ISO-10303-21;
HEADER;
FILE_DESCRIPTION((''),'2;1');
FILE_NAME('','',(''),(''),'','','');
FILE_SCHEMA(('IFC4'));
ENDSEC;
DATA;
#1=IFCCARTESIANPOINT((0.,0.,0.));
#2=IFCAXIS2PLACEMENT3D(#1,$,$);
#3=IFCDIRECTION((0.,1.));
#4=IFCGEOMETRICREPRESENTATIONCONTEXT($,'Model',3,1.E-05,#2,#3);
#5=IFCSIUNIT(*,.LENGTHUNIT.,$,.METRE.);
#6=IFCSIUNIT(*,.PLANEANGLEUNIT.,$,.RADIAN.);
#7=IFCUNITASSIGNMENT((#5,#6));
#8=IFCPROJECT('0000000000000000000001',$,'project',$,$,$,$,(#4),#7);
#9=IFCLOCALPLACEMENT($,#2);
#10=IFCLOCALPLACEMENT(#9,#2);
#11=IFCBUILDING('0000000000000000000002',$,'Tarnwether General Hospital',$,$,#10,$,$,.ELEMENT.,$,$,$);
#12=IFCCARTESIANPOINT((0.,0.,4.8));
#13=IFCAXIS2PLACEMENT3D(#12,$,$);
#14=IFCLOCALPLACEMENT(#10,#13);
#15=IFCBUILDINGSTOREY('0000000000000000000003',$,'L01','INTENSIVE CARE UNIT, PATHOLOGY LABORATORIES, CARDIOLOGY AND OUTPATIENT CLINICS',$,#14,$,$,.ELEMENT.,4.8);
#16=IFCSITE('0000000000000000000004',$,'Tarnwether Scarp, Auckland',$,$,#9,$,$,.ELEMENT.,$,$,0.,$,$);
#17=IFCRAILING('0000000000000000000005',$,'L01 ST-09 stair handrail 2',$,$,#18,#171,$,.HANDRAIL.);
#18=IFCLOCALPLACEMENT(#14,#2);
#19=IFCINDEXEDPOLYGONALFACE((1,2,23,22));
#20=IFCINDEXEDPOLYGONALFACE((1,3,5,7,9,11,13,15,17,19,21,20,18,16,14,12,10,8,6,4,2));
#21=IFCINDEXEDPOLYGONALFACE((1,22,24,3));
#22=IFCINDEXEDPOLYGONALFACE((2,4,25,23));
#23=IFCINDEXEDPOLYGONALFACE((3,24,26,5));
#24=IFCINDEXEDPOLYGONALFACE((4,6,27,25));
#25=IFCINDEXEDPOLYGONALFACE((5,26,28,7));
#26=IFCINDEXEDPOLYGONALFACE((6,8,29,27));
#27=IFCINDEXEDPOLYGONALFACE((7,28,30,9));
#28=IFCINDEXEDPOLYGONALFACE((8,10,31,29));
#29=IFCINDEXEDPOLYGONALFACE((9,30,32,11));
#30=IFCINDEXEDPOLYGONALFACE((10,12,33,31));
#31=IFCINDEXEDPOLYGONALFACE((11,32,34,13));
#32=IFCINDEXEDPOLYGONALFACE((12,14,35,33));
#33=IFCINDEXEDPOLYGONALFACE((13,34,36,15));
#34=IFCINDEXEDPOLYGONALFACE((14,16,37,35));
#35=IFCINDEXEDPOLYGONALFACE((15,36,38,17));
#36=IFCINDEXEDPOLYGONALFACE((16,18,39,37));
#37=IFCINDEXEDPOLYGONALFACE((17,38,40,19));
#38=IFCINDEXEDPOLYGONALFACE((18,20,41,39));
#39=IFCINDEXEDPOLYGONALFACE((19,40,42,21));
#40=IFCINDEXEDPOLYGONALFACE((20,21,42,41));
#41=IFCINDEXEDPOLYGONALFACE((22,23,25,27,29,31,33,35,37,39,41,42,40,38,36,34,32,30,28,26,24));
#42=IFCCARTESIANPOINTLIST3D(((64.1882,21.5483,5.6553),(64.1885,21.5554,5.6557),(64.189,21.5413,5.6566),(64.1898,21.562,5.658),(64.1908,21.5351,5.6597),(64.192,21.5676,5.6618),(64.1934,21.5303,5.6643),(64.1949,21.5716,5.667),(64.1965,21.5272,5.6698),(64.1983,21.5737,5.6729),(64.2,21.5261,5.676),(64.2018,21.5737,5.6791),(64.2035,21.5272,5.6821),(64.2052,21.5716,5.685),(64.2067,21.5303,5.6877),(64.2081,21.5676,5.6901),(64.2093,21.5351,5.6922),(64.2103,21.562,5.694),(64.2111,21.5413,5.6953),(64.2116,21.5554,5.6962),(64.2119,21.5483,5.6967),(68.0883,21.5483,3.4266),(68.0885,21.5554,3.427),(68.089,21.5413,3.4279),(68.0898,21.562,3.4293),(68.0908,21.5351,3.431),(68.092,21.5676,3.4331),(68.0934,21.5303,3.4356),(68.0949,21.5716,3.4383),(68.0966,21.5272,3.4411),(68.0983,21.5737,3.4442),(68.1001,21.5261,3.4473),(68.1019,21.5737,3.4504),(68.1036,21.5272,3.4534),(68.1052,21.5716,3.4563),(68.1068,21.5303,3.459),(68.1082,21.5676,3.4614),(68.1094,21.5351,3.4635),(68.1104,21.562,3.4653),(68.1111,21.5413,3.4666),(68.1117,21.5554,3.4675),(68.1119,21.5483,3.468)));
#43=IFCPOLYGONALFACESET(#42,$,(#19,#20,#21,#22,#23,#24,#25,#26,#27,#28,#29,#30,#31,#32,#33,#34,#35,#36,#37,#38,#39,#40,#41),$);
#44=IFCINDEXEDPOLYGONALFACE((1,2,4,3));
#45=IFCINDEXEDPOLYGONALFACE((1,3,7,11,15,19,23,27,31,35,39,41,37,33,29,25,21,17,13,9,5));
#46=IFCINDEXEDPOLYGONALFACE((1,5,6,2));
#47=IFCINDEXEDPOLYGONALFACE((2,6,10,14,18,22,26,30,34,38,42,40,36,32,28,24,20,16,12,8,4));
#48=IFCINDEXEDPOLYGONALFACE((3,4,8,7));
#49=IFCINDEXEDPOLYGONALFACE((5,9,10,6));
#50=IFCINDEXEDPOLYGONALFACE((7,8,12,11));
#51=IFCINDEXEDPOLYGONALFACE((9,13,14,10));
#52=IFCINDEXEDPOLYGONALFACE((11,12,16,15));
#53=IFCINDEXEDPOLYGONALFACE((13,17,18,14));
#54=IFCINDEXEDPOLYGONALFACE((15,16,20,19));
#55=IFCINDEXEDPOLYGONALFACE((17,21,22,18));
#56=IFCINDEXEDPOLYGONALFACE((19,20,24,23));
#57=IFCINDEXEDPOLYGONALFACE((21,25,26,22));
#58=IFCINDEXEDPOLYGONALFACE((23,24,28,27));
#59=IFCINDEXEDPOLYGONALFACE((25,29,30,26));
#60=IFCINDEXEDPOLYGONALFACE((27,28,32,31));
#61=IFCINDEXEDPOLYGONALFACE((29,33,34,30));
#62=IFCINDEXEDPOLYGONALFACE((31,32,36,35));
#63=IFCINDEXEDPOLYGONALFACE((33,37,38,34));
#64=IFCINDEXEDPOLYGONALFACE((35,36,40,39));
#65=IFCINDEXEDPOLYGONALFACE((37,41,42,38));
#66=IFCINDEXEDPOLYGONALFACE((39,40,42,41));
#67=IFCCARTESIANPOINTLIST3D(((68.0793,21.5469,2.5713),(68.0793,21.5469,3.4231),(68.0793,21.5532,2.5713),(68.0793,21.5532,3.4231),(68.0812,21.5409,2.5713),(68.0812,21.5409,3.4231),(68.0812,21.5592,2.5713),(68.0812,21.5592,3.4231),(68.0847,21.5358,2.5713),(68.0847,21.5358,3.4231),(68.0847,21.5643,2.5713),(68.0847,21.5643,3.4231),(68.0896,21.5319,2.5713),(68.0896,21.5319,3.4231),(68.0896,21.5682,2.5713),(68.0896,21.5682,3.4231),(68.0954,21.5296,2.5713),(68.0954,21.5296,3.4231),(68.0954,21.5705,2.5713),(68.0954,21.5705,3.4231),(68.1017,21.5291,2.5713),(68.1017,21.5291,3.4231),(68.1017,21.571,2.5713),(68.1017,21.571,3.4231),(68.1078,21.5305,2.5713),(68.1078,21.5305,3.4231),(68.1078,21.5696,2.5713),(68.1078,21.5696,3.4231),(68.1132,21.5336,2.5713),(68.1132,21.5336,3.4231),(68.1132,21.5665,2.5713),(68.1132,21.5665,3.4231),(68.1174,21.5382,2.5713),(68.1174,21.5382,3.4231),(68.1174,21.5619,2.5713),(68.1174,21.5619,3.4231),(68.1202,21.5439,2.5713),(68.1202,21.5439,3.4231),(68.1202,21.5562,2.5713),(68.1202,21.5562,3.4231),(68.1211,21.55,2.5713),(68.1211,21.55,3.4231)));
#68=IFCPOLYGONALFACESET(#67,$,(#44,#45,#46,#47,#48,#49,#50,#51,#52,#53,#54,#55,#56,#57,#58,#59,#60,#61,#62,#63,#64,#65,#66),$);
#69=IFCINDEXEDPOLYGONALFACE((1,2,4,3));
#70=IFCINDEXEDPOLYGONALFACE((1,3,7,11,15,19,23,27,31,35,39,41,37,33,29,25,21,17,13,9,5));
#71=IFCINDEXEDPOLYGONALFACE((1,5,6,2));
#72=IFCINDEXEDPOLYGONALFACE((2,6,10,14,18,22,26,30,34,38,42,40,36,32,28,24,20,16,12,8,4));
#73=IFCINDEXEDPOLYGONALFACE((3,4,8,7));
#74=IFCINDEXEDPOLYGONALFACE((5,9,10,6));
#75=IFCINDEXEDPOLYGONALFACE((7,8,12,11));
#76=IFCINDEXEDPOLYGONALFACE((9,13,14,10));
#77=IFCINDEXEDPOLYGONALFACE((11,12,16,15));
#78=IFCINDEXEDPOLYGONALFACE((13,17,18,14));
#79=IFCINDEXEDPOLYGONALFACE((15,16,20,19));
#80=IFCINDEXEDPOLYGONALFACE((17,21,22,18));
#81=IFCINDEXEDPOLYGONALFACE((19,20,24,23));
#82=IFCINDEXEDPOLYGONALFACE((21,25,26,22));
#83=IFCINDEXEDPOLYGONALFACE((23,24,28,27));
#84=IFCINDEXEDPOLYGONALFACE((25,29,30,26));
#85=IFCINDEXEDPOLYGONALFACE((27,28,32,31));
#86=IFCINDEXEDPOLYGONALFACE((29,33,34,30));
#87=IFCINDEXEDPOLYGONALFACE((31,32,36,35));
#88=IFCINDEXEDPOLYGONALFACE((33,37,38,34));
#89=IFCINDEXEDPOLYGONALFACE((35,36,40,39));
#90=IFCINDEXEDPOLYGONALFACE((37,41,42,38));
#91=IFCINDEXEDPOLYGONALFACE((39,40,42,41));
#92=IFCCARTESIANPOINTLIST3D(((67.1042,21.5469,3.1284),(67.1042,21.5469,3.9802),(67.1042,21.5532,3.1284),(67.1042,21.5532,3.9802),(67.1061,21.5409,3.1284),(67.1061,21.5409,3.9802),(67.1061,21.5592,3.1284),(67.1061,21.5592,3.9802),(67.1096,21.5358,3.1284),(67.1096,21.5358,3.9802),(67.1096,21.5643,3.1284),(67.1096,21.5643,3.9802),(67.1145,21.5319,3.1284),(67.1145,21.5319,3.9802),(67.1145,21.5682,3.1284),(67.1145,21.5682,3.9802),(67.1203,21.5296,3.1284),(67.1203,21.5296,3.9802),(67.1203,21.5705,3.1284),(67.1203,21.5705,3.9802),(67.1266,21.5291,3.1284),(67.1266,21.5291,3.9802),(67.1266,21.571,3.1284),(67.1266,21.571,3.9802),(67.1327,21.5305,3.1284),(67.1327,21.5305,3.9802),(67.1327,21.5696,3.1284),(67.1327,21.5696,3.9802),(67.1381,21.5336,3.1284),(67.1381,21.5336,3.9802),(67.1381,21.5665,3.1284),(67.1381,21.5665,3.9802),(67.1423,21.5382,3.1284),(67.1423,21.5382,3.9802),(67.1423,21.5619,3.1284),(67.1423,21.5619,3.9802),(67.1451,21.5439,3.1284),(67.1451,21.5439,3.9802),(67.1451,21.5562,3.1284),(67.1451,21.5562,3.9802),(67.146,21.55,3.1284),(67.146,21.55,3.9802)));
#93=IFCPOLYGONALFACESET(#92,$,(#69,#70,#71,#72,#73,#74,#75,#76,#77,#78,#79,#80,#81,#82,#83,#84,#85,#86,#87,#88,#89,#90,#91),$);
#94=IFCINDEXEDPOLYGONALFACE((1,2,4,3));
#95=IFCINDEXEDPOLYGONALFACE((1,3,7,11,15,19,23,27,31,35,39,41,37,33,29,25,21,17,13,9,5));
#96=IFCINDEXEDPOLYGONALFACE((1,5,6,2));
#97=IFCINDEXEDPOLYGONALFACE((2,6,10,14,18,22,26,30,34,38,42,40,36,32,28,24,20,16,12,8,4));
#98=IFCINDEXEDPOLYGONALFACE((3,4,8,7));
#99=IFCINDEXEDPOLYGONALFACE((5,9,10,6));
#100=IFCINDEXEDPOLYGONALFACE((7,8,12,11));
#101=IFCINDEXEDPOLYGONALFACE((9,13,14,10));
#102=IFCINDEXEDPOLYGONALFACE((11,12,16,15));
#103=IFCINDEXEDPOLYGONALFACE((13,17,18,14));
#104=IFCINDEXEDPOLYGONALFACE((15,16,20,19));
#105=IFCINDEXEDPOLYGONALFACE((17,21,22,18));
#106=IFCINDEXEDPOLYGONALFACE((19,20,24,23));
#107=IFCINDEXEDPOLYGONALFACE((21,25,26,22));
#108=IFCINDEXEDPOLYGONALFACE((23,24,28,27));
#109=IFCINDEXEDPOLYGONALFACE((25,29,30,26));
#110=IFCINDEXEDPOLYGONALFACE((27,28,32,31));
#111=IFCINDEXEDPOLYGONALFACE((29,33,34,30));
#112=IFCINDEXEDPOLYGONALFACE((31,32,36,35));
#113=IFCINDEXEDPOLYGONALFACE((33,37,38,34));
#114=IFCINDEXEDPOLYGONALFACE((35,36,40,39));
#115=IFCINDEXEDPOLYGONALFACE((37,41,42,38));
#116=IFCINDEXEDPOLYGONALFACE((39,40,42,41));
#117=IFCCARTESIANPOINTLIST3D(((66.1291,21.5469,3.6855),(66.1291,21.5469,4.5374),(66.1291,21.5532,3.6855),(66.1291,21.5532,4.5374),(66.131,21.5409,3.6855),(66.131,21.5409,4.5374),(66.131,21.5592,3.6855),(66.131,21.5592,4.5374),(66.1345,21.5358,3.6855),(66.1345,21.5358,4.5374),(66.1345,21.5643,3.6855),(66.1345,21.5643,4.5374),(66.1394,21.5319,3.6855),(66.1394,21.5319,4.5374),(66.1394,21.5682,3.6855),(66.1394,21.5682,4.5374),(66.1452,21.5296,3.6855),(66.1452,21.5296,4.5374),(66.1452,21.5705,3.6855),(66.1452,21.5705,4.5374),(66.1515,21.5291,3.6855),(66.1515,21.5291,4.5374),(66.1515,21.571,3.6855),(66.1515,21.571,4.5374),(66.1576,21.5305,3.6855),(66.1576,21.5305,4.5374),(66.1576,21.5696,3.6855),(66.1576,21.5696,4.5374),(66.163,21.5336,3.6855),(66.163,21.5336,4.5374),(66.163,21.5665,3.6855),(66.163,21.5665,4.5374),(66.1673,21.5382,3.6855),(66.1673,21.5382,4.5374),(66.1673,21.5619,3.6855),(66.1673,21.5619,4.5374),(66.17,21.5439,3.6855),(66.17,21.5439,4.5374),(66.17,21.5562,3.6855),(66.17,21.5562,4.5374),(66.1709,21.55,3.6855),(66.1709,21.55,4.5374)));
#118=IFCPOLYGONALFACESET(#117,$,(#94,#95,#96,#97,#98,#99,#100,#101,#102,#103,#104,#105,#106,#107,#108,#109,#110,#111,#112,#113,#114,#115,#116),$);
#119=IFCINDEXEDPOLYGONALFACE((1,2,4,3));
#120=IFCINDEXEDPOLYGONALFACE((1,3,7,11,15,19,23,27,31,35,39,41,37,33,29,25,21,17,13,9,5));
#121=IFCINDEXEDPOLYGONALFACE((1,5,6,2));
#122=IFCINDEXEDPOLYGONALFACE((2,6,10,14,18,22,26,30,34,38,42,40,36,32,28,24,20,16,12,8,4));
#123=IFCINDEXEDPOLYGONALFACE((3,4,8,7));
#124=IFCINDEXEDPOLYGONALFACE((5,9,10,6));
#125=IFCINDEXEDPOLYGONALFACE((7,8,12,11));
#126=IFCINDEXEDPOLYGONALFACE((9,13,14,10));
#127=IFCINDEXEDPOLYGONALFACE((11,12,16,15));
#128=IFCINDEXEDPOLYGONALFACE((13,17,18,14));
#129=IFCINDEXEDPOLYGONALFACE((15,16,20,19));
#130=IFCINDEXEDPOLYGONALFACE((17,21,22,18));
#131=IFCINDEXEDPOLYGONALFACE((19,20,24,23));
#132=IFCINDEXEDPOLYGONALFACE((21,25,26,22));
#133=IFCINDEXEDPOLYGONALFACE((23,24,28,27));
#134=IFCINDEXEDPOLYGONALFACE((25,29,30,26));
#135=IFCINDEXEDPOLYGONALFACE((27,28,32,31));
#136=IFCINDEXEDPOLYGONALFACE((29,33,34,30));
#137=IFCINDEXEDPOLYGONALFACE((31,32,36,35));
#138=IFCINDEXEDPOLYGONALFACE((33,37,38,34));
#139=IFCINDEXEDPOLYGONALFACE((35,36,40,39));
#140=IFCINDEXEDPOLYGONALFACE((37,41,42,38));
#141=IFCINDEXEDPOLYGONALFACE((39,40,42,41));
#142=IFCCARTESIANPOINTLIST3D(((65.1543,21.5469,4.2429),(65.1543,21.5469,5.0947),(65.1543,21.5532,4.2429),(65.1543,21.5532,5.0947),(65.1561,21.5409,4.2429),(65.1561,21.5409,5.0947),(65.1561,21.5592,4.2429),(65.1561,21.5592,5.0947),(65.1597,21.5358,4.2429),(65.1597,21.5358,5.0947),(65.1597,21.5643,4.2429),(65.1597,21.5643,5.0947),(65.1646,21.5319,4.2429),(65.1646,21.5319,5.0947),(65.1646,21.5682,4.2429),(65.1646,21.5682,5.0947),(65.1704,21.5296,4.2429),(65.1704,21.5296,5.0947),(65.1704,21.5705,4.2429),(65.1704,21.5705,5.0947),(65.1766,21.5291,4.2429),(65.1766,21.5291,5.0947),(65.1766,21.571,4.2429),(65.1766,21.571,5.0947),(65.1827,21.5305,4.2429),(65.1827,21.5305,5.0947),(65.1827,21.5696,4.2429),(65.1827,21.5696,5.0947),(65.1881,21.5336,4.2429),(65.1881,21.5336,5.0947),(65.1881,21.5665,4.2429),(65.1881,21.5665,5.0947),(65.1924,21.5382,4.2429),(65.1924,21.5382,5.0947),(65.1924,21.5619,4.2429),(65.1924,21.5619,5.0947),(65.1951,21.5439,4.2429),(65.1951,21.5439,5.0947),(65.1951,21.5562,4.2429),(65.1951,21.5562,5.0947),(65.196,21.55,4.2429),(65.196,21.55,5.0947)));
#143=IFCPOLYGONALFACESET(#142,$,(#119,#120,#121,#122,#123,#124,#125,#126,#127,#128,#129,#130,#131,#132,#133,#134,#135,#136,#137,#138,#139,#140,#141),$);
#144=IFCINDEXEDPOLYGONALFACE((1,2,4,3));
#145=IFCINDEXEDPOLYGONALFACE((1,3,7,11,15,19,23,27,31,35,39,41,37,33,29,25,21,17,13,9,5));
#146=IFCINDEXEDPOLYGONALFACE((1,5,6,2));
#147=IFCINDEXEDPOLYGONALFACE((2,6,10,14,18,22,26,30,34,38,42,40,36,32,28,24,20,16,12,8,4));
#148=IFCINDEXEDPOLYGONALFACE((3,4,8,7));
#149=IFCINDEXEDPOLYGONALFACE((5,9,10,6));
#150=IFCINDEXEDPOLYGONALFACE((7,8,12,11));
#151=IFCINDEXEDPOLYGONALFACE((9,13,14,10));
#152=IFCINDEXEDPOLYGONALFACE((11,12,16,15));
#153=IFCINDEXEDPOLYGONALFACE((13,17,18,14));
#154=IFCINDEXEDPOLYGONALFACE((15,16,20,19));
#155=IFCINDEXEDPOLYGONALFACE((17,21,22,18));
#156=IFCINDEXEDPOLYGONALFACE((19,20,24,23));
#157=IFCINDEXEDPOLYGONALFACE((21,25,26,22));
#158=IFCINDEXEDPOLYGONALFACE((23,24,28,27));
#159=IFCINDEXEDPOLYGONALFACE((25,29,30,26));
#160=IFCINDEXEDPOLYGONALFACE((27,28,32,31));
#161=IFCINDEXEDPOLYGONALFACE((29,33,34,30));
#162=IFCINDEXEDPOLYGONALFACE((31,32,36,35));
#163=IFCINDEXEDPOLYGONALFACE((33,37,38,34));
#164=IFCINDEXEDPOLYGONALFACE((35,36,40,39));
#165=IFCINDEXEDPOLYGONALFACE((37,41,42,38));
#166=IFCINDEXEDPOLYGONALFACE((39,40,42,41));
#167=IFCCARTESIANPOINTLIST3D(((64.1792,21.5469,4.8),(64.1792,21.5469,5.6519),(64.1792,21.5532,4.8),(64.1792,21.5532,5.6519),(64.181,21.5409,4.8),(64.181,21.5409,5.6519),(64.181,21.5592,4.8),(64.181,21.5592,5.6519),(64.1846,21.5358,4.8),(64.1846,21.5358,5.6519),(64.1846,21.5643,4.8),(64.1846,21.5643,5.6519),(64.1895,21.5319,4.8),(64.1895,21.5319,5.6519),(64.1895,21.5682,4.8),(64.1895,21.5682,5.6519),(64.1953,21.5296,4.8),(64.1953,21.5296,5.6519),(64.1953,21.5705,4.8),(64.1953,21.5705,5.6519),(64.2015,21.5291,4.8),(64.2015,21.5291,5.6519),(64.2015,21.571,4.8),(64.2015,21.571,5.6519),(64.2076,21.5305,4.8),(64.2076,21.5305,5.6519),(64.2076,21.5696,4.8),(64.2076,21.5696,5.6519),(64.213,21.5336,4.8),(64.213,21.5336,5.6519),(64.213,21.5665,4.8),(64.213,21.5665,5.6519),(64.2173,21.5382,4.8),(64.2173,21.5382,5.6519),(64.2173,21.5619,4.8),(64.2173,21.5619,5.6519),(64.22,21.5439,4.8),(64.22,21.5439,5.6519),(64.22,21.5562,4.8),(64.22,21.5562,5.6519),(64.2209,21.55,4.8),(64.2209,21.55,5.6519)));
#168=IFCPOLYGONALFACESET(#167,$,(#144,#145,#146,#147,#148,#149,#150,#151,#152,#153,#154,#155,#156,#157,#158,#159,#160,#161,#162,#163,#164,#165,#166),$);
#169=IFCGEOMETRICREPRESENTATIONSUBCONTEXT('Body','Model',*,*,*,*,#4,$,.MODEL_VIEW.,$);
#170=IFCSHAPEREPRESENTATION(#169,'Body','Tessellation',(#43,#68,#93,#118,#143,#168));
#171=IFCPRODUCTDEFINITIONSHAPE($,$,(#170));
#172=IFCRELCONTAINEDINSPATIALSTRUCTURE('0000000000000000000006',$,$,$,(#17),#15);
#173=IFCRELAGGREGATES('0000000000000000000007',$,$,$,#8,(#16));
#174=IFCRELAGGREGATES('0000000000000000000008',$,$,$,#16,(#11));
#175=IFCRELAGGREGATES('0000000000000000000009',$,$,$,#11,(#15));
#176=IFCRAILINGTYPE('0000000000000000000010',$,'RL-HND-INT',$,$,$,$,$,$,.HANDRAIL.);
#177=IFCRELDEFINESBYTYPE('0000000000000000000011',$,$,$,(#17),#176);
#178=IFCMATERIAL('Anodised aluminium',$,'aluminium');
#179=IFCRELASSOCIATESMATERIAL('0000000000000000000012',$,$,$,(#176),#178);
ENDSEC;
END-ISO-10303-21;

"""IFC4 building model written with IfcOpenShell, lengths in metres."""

from ifc_helpers import new_model, si_unit, direction, frame, origin, origin_2d, place, context, subcontext, project, spatial, circle, extrude, material, type_object, element, save


model = new_model("IFC4")

# Units and contexts
model_context = context("Model", 3, precision=1e-05, world=origin(), true_north=direction((0.0, 1.0)))
body_context = subcontext(model_context, "Body", "Model", "MODEL_VIEW")
ifc_project = project(units=[si_unit("LENGTHUNIT", "METRE"), si_unit("PLANEANGLEUNIT", "RADIAN")], contexts=[model_context])

# Site, building, storey
site_placement = place(None, origin())
site = spatial("IfcSite", under=ifc_project, at=site_placement, Name="Tarnwether Scarp, Auckland", CompositionType="ELEMENT", RefElevation=0.0)
building_placement = place(site_placement, origin())
building = spatial("IfcBuilding", under=site, at=building_placement, Name="Tarnwether General Hospital", CompositionType="ELEMENT")
storey_placement = place(building_placement, frame((0.0, 0.0, 4.8)))
storey = spatial("IfcBuildingStorey", under=building, at=storey_placement, Name="L01", Description="INTENSIVE CARE UNIT, PATHOLOGY LABORATORIES, CARDIOLOGY AND OUTPATIENT CLINICS", CompositionType="ELEMENT", Elevation=4.8)

# Railing
ifc_material_1 = material(Name="Anodised aluminium", Category="aluminium")
railing_type_1 = type_object("IfcRailingType", Name="RL-HND-INT", PredefinedType="HANDRAIL", material=ifc_material_1)
railing_1_placement = place(storey_placement, frame((68.1001, 21.55, 2.5713)))
element("IfcRailing", 1, at=railing_1_placement, inside=storey, type_object=railing_type_1, Name="L01 ST-09 stair handrail 2", PredefinedType="HANDRAIL", context=body_context, shape_type="SweptSolid", body=[
    extrude(circle(Radius=0.0239, at=origin_2d()), frame((0.0, 0.0, 0.876), z_axis=(-0.868233, 0.0, 0.496156), x_axis=(0.0, -1.0, 0.0)), (0.0, 0.0, 1.0), 4.4919),
    extrude(circle(Radius=0.021, at=origin_2d()), origin(), (0.0, 0.0, 1.0), 0.8518),
    extrude(circle(Radius=0.021, at=origin_2d()), frame((-0.9751, 0.0, 0.5571)), (0.0, 0.0, 1.0), 0.8518),
    extrude(circle(Radius=0.021, at=origin_2d()), frame((-1.9502, 0.0, 1.1143)), (0.0, 0.0, 1.0), 0.8518),
    extrude(circle(Radius=0.021, at=origin_2d()), frame((-2.925, 0.0, 1.6716)), (0.0, 0.0, 1.0), 0.8518),
    extrude(circle(Radius=0.021, at=origin_2d()), frame((-3.9001, 0.0, 2.2288)), (0.0, 0.0, 1.0), 0.8518),
])

save(model, "model.ifc")
